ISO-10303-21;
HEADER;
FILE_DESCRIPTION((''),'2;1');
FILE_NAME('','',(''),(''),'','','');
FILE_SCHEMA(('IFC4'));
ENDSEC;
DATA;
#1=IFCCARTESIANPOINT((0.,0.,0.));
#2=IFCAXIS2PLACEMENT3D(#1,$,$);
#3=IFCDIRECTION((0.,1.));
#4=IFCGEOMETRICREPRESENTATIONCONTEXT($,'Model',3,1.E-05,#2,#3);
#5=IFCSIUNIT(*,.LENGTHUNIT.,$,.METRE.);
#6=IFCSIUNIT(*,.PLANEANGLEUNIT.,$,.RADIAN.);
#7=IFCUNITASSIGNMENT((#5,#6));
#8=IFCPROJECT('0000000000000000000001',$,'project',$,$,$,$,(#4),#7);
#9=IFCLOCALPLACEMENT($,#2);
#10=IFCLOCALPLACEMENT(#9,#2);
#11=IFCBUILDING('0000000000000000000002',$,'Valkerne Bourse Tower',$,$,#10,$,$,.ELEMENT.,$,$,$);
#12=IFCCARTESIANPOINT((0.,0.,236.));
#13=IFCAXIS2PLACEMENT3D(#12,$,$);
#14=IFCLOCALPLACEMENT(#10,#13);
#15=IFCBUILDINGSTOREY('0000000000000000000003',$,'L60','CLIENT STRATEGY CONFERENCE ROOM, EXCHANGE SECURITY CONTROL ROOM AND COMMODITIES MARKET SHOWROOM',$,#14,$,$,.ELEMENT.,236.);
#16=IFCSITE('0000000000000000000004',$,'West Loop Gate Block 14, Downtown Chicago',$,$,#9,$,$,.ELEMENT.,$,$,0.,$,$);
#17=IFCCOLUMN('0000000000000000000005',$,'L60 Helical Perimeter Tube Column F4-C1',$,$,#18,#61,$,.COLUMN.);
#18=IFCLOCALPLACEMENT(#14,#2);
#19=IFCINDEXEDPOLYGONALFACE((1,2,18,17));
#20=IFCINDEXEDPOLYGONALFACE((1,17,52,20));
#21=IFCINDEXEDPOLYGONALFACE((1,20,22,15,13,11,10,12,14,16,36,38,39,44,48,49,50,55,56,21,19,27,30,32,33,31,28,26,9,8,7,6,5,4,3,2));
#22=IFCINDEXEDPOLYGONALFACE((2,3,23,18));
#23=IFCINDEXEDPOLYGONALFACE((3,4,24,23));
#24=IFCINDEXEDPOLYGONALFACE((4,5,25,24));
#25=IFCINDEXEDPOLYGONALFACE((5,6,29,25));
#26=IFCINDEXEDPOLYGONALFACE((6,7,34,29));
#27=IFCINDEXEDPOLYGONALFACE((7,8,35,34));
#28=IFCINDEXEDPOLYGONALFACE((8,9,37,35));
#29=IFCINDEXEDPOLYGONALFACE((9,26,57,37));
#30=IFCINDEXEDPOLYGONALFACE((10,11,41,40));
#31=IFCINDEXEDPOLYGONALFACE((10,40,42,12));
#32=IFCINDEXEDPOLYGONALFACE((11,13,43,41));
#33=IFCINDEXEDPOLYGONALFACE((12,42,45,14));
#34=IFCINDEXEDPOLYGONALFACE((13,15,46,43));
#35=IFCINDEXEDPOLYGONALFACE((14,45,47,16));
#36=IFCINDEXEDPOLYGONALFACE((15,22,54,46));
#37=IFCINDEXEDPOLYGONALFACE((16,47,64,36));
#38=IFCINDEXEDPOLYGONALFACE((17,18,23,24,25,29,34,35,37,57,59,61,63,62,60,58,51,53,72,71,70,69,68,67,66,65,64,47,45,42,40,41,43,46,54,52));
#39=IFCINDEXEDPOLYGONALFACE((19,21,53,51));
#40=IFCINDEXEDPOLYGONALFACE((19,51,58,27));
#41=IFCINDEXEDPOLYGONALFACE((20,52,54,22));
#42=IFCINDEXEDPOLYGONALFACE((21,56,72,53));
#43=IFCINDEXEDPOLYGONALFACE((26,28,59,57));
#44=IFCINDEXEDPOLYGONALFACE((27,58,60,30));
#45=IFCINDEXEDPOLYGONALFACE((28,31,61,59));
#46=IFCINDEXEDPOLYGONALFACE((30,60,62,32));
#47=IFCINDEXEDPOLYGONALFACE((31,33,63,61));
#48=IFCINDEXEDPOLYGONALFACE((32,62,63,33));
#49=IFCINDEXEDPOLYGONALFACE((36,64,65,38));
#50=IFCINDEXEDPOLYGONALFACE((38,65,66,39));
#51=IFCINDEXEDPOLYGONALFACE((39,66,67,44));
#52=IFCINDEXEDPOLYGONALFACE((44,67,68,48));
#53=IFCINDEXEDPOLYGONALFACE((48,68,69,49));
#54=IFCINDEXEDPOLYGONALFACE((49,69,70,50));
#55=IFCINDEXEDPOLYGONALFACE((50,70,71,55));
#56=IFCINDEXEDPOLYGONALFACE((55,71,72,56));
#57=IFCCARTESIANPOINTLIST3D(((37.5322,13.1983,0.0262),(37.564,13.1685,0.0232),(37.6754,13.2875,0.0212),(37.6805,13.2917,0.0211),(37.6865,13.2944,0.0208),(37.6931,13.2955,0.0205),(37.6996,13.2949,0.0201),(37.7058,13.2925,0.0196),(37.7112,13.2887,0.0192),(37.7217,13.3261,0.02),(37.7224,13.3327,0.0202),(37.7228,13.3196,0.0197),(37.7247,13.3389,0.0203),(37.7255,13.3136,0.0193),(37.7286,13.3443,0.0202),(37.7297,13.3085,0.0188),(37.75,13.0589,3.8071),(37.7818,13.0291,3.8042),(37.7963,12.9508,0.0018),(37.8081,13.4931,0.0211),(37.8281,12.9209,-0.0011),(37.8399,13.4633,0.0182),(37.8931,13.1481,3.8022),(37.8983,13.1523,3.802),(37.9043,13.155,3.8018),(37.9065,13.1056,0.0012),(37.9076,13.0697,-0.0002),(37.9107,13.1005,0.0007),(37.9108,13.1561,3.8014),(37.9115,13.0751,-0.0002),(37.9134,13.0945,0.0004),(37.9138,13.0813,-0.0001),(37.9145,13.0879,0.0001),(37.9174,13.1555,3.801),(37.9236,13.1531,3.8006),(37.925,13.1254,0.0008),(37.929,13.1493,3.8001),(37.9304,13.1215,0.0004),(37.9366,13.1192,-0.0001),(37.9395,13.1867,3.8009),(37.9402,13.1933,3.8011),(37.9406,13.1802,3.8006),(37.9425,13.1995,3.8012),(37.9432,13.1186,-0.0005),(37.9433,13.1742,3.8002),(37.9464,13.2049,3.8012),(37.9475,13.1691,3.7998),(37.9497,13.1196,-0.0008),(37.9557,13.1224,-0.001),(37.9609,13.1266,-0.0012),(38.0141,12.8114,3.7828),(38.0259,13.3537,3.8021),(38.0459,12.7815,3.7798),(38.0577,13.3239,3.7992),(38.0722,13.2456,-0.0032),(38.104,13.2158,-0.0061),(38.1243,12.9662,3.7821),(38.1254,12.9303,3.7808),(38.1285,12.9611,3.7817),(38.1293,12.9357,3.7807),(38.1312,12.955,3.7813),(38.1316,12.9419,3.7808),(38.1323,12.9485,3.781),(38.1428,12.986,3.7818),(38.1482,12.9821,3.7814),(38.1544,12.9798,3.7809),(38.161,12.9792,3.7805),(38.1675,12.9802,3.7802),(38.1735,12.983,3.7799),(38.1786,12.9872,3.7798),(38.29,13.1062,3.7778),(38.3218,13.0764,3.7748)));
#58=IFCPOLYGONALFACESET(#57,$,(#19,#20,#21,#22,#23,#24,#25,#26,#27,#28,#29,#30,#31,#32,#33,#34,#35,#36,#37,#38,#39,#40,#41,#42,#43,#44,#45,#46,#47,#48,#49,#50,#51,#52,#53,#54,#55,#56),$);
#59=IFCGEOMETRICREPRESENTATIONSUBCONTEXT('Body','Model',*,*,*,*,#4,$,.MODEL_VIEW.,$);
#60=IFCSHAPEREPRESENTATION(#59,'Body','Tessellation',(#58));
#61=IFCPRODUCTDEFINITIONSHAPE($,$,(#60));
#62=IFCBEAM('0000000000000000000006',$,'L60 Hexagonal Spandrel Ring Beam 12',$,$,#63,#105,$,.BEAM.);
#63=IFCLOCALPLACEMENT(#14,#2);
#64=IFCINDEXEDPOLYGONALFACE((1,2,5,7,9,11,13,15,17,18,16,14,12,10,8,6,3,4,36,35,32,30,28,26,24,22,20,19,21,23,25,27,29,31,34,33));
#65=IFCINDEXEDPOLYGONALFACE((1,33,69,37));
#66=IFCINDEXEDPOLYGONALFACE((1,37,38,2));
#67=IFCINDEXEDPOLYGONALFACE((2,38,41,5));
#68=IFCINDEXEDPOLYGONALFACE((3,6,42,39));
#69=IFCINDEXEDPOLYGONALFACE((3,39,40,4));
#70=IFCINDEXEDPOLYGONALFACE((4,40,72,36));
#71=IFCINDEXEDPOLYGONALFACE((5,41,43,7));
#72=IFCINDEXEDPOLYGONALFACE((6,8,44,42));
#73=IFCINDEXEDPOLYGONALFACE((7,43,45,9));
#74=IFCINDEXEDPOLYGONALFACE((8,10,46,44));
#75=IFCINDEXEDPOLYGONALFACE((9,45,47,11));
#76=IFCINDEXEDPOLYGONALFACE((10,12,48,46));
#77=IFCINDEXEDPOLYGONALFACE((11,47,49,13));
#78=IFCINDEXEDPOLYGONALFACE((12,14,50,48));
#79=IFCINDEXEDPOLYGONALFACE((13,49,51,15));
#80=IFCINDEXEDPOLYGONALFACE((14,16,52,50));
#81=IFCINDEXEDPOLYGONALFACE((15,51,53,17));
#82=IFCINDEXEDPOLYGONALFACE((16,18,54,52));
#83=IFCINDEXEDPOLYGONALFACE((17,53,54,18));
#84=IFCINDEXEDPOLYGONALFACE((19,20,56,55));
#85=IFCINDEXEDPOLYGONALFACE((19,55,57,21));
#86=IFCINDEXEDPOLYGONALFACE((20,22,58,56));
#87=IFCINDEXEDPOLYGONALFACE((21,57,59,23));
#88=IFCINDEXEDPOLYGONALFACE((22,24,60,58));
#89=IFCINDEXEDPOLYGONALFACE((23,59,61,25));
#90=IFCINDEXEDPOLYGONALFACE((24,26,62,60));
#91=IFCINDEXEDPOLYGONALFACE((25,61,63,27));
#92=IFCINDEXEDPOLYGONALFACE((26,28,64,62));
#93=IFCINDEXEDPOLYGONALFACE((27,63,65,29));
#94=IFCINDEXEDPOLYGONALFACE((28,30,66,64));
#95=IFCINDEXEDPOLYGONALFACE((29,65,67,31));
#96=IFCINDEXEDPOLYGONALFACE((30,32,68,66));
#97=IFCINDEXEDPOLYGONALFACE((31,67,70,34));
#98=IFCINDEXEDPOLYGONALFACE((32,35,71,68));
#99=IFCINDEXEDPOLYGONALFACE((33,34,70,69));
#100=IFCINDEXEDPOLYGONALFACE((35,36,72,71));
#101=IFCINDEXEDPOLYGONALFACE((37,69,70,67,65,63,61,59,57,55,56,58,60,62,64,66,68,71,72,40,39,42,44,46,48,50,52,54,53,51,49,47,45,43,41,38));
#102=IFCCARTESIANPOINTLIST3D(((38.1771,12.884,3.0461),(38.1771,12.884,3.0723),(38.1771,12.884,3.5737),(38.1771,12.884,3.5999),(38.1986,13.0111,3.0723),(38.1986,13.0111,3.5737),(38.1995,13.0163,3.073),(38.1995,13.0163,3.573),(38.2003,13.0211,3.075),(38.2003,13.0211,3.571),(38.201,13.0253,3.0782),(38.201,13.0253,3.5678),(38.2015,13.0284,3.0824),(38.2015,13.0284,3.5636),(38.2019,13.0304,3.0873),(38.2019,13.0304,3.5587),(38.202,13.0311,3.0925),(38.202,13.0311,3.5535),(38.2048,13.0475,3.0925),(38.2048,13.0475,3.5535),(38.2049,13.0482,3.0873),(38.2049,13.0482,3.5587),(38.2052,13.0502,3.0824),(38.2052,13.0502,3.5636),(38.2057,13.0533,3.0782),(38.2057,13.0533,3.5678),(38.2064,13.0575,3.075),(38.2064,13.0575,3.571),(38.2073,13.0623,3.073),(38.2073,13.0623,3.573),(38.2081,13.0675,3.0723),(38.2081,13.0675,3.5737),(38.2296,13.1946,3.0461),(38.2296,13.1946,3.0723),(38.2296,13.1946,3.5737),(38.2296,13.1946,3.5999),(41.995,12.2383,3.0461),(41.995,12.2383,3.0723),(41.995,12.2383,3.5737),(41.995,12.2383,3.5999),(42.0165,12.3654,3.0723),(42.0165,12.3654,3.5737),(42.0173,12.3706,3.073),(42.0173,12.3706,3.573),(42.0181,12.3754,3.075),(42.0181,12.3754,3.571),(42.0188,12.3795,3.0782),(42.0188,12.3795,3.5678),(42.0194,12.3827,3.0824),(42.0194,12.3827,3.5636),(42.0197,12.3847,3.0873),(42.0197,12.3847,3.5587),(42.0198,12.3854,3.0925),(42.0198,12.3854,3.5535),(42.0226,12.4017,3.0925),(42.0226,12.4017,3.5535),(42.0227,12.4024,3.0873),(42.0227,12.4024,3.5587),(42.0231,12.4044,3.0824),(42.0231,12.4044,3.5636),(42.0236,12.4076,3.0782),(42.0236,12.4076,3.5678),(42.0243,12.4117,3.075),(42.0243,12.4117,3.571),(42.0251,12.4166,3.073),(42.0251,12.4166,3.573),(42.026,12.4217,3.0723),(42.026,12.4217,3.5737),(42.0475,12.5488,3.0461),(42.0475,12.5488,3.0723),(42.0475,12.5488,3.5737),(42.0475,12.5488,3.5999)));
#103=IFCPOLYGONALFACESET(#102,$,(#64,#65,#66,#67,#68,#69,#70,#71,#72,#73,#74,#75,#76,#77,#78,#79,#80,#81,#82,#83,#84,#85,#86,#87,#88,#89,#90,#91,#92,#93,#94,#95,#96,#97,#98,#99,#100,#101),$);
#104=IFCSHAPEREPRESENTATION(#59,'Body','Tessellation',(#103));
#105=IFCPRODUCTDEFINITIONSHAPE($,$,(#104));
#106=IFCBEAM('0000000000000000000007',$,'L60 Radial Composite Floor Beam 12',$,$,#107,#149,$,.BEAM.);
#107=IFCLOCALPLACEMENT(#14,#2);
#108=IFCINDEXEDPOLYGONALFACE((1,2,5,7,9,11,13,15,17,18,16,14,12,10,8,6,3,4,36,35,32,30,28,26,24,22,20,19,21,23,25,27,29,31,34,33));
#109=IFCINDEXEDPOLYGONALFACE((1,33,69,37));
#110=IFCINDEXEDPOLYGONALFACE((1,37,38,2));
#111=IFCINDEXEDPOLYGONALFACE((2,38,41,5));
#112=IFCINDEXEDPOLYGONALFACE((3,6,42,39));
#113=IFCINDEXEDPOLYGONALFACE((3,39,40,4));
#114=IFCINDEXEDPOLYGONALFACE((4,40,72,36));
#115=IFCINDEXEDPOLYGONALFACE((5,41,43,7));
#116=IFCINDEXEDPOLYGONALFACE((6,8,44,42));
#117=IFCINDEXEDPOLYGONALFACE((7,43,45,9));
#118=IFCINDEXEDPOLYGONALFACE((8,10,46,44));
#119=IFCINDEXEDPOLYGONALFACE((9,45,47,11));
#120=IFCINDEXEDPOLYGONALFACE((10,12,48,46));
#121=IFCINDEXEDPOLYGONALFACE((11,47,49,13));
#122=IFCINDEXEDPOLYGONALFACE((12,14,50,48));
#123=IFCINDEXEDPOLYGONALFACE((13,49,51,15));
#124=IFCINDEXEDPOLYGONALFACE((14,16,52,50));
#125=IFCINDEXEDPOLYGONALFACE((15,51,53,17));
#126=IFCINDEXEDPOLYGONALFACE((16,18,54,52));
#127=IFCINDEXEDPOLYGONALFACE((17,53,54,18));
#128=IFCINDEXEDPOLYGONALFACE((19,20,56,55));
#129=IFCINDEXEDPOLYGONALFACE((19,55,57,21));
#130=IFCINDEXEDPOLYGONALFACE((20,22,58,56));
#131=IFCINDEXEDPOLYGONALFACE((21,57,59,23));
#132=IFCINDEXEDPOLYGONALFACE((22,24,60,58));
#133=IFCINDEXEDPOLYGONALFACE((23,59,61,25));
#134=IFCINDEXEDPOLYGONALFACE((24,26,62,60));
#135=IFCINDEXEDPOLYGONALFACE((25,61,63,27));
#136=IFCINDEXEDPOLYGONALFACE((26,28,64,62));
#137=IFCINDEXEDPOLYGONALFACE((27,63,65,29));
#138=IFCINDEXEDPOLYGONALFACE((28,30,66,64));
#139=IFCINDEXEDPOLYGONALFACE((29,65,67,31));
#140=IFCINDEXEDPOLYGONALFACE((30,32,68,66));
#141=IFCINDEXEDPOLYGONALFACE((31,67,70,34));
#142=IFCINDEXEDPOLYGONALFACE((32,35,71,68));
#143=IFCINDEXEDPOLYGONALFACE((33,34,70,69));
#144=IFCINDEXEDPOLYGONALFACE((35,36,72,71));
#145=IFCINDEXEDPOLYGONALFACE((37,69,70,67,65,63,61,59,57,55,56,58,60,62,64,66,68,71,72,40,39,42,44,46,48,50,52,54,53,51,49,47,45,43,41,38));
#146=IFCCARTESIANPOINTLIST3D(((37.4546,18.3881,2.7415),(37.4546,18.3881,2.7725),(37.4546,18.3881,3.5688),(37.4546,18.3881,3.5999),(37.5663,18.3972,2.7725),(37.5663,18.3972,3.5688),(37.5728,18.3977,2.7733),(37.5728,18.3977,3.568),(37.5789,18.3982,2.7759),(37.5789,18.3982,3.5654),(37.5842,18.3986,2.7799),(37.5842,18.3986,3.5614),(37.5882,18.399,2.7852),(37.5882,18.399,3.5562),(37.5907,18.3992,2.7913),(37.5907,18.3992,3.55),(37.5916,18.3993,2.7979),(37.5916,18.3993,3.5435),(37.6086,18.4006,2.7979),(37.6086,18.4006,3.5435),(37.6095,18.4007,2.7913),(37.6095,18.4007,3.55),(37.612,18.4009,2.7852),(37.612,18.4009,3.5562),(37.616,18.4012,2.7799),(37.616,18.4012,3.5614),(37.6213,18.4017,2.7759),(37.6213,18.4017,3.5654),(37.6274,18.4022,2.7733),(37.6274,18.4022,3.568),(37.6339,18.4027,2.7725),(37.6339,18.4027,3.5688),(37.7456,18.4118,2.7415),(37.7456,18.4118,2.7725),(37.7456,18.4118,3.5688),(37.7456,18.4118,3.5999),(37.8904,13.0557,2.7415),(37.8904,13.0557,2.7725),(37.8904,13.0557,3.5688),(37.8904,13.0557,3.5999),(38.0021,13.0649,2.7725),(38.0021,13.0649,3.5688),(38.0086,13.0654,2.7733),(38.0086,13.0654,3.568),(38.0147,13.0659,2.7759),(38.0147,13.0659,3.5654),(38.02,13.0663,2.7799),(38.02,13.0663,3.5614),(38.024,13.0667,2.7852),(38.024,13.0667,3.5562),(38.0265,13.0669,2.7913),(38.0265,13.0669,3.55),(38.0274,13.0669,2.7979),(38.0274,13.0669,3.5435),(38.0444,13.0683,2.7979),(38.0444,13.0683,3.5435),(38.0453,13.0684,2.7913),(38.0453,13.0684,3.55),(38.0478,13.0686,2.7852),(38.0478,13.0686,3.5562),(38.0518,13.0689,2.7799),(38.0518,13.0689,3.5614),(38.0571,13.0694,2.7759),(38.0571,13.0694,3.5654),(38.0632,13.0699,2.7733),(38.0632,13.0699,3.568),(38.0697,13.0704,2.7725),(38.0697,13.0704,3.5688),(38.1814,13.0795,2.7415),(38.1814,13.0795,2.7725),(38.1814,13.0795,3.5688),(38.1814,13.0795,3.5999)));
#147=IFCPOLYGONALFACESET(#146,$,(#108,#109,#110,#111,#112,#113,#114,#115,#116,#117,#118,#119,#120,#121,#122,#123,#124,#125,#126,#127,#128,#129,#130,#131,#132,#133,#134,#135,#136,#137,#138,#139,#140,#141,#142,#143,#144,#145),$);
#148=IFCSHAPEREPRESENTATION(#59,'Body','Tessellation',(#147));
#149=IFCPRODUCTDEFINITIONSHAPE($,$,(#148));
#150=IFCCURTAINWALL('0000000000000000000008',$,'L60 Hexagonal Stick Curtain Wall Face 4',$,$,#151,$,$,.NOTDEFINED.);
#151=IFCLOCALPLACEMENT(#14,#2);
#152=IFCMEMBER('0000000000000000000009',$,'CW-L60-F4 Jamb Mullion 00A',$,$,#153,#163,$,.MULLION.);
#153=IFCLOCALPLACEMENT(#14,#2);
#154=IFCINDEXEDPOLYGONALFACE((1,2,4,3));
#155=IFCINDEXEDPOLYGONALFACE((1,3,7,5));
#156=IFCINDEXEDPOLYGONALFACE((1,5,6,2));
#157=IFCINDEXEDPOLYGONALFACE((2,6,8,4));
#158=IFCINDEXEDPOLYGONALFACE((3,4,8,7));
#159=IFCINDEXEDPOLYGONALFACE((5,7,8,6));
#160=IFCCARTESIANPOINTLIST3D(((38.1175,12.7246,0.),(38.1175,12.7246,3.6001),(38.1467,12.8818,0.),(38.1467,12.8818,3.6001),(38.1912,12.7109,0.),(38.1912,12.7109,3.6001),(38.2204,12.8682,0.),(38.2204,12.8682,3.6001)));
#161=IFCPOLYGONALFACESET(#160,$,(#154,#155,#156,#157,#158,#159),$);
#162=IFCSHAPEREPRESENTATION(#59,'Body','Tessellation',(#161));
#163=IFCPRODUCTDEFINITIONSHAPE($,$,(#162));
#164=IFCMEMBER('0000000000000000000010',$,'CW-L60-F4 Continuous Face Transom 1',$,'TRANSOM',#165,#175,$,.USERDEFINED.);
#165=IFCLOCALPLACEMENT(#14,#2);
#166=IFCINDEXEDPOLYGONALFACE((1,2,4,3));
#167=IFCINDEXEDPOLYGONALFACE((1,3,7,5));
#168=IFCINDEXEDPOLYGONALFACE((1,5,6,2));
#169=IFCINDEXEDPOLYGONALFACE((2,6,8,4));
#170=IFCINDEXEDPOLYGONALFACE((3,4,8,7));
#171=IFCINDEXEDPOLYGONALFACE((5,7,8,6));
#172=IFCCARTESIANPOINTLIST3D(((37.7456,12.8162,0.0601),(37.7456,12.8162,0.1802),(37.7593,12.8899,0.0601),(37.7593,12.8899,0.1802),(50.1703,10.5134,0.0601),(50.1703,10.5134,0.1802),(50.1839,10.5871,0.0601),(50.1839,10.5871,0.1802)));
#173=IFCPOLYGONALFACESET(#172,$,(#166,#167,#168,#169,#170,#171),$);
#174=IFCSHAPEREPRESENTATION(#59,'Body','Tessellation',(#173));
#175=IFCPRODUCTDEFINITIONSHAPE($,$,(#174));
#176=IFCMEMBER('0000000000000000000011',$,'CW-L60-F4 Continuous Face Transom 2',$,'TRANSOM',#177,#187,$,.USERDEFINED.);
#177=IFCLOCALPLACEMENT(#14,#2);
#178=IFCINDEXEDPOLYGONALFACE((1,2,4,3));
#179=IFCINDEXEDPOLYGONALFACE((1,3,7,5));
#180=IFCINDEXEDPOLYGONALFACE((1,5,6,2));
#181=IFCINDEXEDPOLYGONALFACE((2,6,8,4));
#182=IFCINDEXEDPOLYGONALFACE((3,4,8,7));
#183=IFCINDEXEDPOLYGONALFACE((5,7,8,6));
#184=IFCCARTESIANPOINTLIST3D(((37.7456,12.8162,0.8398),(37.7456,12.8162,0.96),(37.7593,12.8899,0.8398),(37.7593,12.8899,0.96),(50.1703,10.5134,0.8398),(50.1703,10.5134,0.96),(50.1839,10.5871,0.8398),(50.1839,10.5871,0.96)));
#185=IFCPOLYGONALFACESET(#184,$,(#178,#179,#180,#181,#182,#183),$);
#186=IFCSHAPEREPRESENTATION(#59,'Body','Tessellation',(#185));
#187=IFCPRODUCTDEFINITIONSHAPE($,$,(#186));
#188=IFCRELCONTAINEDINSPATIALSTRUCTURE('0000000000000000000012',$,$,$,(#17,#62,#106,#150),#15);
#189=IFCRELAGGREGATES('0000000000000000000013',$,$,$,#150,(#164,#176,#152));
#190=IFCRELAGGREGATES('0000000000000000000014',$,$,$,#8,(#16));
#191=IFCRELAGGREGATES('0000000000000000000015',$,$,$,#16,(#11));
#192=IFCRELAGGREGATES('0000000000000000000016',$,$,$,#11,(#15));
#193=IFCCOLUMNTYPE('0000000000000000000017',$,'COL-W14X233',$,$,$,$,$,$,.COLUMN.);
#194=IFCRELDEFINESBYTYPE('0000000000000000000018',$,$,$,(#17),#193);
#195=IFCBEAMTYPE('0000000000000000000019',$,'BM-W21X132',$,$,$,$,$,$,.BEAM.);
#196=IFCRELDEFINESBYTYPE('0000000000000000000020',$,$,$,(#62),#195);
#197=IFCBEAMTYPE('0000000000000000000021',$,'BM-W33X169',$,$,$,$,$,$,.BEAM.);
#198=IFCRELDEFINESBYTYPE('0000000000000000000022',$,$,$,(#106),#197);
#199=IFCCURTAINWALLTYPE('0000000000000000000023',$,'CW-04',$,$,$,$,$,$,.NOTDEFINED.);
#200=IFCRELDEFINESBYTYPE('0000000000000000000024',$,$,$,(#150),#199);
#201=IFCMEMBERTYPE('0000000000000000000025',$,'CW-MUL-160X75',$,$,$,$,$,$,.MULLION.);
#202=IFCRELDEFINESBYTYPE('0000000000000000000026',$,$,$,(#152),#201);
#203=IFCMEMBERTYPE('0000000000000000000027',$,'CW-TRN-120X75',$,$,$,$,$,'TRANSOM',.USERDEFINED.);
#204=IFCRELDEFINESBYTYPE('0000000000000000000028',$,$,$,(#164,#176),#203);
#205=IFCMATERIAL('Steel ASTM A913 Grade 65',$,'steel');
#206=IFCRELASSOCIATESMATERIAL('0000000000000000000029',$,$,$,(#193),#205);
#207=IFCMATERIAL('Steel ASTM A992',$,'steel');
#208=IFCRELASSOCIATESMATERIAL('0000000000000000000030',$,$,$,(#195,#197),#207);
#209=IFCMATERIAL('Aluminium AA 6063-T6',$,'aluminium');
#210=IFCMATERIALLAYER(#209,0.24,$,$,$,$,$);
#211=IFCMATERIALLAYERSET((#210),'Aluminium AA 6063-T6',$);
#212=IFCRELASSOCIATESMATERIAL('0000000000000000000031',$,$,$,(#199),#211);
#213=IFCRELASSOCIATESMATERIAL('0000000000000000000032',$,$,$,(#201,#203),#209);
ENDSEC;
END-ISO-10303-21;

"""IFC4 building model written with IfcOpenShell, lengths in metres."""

from ifc_helpers import new_model, si_unit, direction, frame, origin, origin_2d, place, context, subcontext, project, spatial, rectangle, i_section, extrude, material, layer, layer_set, material_profile, profile_set, type_object, element, aggregate, save


model = new_model("IFC4")

# Units and contexts
model_context = context("Model", 3, precision=1e-05, world=origin(), true_north=direction((0.0, 1.0)))
body_context = subcontext(model_context, "Body", "Model", "MODEL_VIEW")
ifc_project = project(units=[si_unit("LENGTHUNIT", "METRE"), si_unit("PLANEANGLEUNIT", "RADIAN")], contexts=[model_context])

# Site, building, storey
site_placement = place(None, origin())
site = spatial("IfcSite", under=ifc_project, at=site_placement, Name="West Loop Gate Block 14, Downtown Chicago", CompositionType="ELEMENT", RefElevation=0.0)
building_placement = place(site_placement, origin())
building = spatial("IfcBuilding", under=site, at=building_placement, Name="Valkerne Bourse Tower", CompositionType="ELEMENT")
storey_placement = place(building_placement, frame((0.0, 0.0, 236.0)))
storey = spatial("IfcBuildingStorey", under=building, at=storey_placement, Name="L60", Description="CLIENT STRATEGY CONFERENCE ROOM, EXCHANGE SECURITY CONTROL ROOM AND COMMODITIES MARKET SHOWROOM", CompositionType="ELEMENT", Elevation=236.0)

# Column
ifc_material_1 = material(Name="Steel ASTM A913 Grade 65", Category="steel")
ifc_material_profile_1 = material_profile(ifc_material_1, i_section(OverallWidth=0.4038, OverallDepth=0.4065, WebThickness=0.0271, FlangeThickness=0.0437, FilletRadius=0.0254, at=origin_2d()), Name="W14X233")
ifc_profile_set_1 = profile_set([ifc_material_profile_1], Name="Steel ASTM A913 Grade 65")
column_type = type_object("IfcColumnType", Name="COL-W14X233", PredefinedType="COLUMN", material=ifc_profile_set_1)
column_placement = place(storey_placement, frame((37.8181, 13.207, 0.01), z_axis=(0.057462, -0.036784, 0.99767), x_axis=(0.683231, 0.730096, -0.012433)))
element("IfcColumn", 1, at=column_placement, inside=storey, type_object=column_type, Name="L60 Helical Perimeter Tube Column F4-C1", PredefinedType="COLUMN", context=body_context, shape_type="SweptSolid", body=[
    extrude(i_section(OverallWidth=0.4038, OverallDepth=0.4065, WebThickness=0.0271, FlangeThickness=0.0437, FilletRadius=0.0254, at=origin_2d()), origin(), (0.0, 0.0, 1.0), 3.7898),
])

# Beams
ifc_material_2 = material(Name="Steel ASTM A992", Category="steel")
ifc_material_profile_2 = material_profile(ifc_material_2, i_section(OverallWidth=0.3149, OverallDepth=0.5537, WebThickness=0.0166, FlangeThickness=0.0261, FilletRadius=0.0203, at=origin_2d()), Name="W21X132")
ifc_profile_set_2 = profile_set([ifc_material_profile_2], Name="Steel ASTM A992")
beam_type_1 = type_object("IfcBeamType", Name="BM-W21X132", PredefinedType="BEAM", material=ifc_profile_set_2)
beam_1_placement = place(storey_placement, frame((38.2034, 13.0393, 3.323), z_axis=(0.985996, -0.166771, 0.0), x_axis=(0.166771, 0.985996, 0.0)))
element("IfcBeam", 2, at=beam_1_placement, inside=storey, type_object=beam_type_1, Name="L60 Hexagonal Spandrel Ring Beam 12", PredefinedType="BEAM", context=body_context, shape_type="SweptSolid", body=[
    extrude(i_section(OverallWidth=0.3149, OverallDepth=0.5537, WebThickness=0.0166, FlangeThickness=0.0261, FilletRadius=0.0203, at=origin_2d()), origin(), (0.0, 0.0, 1.0), 3.8721),
])
ifc_material_profile_3 = material_profile(ifc_material_2, i_section(OverallWidth=0.292, OverallDepth=0.8584, WebThickness=0.0171, FlangeThickness=0.031, FilletRadius=0.0254, at=origin_2d()), Name="W33X169")
ifc_profile_set_3 = profile_set([ifc_material_profile_3], Name="Steel ASTM A992")
beam_type_2 = type_object("IfcBeamType", Name="BM-W33X169", PredefinedType="BEAM", material=ifc_profile_set_3)
beam_2_placement = place(storey_placement, frame((38.0359, 13.0676, 3.1707), z_axis=(-0.081455, 0.996677, 0.0), x_axis=(-0.996677, -0.081455, 0.0)))
element("IfcBeam", 3, at=beam_2_placement, inside=storey, type_object=beam_type_2, Name="L60 Radial Composite Floor Beam 12", PredefinedType="BEAM", context=body_context, shape_type="SweptSolid", body=[
    extrude(i_section(OverallWidth=0.292, OverallDepth=0.8584, WebThickness=0.0171, FlangeThickness=0.031, FilletRadius=0.0254, at=origin_2d()), origin(), (0.0, 0.0, 1.0), 5.3501),
])

# Curtain wall, members
ifc_material_3 = material(Name="Aluminium AA 6063-T6", Category="aluminium")
ifc_layer_1 = layer(ifc_material_3, 0.24)
ifc_layer_set_1 = layer_set([ifc_layer_1], Name="Aluminium AA 6063-T6")
curtain_wall_type = type_object("IfcCurtainWallType", Name="CW-04", PredefinedType="NOTDEFINED", material=ifc_layer_set_1)
curtain_wall_placement = place(storey_placement, origin())
curtain_wall = element("IfcCurtainWall", 4, at=curtain_wall_placement, inside=storey, type_object=curtain_wall_type, Name="L60 Hexagonal Stick Curtain Wall Face 4", PredefinedType="NOTDEFINED")
ifc_material_profile_4 = material_profile(ifc_material_3, rectangle(XDim=0.075, YDim=0.1599, at=origin_2d()), Name="CWM-75X160")
ifc_profile_set_4 = profile_set([ifc_material_profile_4], Name="Aluminium AA 6063-T6")
member_type_1 = type_object("IfcMemberType", Name="CW-MUL-160X75", PredefinedType="MULLION", material=ifc_profile_set_4)
member_1_placement = place(storey_placement, frame((38.1689, 12.7964, 0.0), z_axis=(0.0, 0.0, 1.0), x_axis=(0.983254, -0.18224, 0.0)))
member_1 = element("IfcMember", 5, at=member_1_placement, type_object=member_type_1, Name="CW-L60-F4 Jamb Mullion 00A", PredefinedType="MULLION", context=body_context, shape_type="SweptSolid", body=[
    extrude(rectangle(XDim=0.075, YDim=0.1599, at=origin_2d()), origin(), (0.0, 0.0, 1.0), 3.6001),
])
ifc_material_profile_5 = material_profile(ifc_material_3, rectangle(XDim=0.075, YDim=0.1201, at=origin_2d()), Name="CWT-75X120")
ifc_profile_set_5 = profile_set([ifc_material_profile_5], Name="Aluminium AA 6063-T6")
member_type_2 = type_object("IfcMemberType", Name="CW-TRN-120X75", ElementType="TRANSOM", PredefinedType="USERDEFINED", material=ifc_profile_set_5)
member_2_placement = place(storey_placement, frame((37.7524, 12.853, 0.1201), z_axis=(0.983255, -0.182234, 0.0), x_axis=(0.182234, 0.983255, 0.0)))
member_2 = element("IfcMember", 6, at=member_2_placement, type_object=member_type_2, Name="CW-L60-F4 Continuous Face Transom 1", ObjectType="TRANSOM", PredefinedType="USERDEFINED", context=body_context, shape_type="SweptSolid", body=[
    extrude(rectangle(XDim=0.075, YDim=0.1201, at=origin_2d()), origin(), (0.0, 0.0, 1.0), 12.6362),
])
member_3_placement = place(storey_placement, frame((37.7524, 12.853, 0.8999), z_axis=(0.983255, -0.182234, 0.0), x_axis=(0.182234, 0.983255, 0.0)))
member_3 = element("IfcMember", 7, at=member_3_placement, type_object=member_type_2, Name="CW-L60-F4 Continuous Face Transom 2", ObjectType="TRANSOM", PredefinedType="USERDEFINED", context=body_context, shape_type="SweptSolid", body=[
    extrude(rectangle(XDim=0.075, YDim=0.1201, at=origin_2d()), origin(), (0.0, 0.0, 1.0), 12.6362),
])
aggregate(curtain_wall, [member_2, member_3, member_1])

save(model, "model.ifc")
